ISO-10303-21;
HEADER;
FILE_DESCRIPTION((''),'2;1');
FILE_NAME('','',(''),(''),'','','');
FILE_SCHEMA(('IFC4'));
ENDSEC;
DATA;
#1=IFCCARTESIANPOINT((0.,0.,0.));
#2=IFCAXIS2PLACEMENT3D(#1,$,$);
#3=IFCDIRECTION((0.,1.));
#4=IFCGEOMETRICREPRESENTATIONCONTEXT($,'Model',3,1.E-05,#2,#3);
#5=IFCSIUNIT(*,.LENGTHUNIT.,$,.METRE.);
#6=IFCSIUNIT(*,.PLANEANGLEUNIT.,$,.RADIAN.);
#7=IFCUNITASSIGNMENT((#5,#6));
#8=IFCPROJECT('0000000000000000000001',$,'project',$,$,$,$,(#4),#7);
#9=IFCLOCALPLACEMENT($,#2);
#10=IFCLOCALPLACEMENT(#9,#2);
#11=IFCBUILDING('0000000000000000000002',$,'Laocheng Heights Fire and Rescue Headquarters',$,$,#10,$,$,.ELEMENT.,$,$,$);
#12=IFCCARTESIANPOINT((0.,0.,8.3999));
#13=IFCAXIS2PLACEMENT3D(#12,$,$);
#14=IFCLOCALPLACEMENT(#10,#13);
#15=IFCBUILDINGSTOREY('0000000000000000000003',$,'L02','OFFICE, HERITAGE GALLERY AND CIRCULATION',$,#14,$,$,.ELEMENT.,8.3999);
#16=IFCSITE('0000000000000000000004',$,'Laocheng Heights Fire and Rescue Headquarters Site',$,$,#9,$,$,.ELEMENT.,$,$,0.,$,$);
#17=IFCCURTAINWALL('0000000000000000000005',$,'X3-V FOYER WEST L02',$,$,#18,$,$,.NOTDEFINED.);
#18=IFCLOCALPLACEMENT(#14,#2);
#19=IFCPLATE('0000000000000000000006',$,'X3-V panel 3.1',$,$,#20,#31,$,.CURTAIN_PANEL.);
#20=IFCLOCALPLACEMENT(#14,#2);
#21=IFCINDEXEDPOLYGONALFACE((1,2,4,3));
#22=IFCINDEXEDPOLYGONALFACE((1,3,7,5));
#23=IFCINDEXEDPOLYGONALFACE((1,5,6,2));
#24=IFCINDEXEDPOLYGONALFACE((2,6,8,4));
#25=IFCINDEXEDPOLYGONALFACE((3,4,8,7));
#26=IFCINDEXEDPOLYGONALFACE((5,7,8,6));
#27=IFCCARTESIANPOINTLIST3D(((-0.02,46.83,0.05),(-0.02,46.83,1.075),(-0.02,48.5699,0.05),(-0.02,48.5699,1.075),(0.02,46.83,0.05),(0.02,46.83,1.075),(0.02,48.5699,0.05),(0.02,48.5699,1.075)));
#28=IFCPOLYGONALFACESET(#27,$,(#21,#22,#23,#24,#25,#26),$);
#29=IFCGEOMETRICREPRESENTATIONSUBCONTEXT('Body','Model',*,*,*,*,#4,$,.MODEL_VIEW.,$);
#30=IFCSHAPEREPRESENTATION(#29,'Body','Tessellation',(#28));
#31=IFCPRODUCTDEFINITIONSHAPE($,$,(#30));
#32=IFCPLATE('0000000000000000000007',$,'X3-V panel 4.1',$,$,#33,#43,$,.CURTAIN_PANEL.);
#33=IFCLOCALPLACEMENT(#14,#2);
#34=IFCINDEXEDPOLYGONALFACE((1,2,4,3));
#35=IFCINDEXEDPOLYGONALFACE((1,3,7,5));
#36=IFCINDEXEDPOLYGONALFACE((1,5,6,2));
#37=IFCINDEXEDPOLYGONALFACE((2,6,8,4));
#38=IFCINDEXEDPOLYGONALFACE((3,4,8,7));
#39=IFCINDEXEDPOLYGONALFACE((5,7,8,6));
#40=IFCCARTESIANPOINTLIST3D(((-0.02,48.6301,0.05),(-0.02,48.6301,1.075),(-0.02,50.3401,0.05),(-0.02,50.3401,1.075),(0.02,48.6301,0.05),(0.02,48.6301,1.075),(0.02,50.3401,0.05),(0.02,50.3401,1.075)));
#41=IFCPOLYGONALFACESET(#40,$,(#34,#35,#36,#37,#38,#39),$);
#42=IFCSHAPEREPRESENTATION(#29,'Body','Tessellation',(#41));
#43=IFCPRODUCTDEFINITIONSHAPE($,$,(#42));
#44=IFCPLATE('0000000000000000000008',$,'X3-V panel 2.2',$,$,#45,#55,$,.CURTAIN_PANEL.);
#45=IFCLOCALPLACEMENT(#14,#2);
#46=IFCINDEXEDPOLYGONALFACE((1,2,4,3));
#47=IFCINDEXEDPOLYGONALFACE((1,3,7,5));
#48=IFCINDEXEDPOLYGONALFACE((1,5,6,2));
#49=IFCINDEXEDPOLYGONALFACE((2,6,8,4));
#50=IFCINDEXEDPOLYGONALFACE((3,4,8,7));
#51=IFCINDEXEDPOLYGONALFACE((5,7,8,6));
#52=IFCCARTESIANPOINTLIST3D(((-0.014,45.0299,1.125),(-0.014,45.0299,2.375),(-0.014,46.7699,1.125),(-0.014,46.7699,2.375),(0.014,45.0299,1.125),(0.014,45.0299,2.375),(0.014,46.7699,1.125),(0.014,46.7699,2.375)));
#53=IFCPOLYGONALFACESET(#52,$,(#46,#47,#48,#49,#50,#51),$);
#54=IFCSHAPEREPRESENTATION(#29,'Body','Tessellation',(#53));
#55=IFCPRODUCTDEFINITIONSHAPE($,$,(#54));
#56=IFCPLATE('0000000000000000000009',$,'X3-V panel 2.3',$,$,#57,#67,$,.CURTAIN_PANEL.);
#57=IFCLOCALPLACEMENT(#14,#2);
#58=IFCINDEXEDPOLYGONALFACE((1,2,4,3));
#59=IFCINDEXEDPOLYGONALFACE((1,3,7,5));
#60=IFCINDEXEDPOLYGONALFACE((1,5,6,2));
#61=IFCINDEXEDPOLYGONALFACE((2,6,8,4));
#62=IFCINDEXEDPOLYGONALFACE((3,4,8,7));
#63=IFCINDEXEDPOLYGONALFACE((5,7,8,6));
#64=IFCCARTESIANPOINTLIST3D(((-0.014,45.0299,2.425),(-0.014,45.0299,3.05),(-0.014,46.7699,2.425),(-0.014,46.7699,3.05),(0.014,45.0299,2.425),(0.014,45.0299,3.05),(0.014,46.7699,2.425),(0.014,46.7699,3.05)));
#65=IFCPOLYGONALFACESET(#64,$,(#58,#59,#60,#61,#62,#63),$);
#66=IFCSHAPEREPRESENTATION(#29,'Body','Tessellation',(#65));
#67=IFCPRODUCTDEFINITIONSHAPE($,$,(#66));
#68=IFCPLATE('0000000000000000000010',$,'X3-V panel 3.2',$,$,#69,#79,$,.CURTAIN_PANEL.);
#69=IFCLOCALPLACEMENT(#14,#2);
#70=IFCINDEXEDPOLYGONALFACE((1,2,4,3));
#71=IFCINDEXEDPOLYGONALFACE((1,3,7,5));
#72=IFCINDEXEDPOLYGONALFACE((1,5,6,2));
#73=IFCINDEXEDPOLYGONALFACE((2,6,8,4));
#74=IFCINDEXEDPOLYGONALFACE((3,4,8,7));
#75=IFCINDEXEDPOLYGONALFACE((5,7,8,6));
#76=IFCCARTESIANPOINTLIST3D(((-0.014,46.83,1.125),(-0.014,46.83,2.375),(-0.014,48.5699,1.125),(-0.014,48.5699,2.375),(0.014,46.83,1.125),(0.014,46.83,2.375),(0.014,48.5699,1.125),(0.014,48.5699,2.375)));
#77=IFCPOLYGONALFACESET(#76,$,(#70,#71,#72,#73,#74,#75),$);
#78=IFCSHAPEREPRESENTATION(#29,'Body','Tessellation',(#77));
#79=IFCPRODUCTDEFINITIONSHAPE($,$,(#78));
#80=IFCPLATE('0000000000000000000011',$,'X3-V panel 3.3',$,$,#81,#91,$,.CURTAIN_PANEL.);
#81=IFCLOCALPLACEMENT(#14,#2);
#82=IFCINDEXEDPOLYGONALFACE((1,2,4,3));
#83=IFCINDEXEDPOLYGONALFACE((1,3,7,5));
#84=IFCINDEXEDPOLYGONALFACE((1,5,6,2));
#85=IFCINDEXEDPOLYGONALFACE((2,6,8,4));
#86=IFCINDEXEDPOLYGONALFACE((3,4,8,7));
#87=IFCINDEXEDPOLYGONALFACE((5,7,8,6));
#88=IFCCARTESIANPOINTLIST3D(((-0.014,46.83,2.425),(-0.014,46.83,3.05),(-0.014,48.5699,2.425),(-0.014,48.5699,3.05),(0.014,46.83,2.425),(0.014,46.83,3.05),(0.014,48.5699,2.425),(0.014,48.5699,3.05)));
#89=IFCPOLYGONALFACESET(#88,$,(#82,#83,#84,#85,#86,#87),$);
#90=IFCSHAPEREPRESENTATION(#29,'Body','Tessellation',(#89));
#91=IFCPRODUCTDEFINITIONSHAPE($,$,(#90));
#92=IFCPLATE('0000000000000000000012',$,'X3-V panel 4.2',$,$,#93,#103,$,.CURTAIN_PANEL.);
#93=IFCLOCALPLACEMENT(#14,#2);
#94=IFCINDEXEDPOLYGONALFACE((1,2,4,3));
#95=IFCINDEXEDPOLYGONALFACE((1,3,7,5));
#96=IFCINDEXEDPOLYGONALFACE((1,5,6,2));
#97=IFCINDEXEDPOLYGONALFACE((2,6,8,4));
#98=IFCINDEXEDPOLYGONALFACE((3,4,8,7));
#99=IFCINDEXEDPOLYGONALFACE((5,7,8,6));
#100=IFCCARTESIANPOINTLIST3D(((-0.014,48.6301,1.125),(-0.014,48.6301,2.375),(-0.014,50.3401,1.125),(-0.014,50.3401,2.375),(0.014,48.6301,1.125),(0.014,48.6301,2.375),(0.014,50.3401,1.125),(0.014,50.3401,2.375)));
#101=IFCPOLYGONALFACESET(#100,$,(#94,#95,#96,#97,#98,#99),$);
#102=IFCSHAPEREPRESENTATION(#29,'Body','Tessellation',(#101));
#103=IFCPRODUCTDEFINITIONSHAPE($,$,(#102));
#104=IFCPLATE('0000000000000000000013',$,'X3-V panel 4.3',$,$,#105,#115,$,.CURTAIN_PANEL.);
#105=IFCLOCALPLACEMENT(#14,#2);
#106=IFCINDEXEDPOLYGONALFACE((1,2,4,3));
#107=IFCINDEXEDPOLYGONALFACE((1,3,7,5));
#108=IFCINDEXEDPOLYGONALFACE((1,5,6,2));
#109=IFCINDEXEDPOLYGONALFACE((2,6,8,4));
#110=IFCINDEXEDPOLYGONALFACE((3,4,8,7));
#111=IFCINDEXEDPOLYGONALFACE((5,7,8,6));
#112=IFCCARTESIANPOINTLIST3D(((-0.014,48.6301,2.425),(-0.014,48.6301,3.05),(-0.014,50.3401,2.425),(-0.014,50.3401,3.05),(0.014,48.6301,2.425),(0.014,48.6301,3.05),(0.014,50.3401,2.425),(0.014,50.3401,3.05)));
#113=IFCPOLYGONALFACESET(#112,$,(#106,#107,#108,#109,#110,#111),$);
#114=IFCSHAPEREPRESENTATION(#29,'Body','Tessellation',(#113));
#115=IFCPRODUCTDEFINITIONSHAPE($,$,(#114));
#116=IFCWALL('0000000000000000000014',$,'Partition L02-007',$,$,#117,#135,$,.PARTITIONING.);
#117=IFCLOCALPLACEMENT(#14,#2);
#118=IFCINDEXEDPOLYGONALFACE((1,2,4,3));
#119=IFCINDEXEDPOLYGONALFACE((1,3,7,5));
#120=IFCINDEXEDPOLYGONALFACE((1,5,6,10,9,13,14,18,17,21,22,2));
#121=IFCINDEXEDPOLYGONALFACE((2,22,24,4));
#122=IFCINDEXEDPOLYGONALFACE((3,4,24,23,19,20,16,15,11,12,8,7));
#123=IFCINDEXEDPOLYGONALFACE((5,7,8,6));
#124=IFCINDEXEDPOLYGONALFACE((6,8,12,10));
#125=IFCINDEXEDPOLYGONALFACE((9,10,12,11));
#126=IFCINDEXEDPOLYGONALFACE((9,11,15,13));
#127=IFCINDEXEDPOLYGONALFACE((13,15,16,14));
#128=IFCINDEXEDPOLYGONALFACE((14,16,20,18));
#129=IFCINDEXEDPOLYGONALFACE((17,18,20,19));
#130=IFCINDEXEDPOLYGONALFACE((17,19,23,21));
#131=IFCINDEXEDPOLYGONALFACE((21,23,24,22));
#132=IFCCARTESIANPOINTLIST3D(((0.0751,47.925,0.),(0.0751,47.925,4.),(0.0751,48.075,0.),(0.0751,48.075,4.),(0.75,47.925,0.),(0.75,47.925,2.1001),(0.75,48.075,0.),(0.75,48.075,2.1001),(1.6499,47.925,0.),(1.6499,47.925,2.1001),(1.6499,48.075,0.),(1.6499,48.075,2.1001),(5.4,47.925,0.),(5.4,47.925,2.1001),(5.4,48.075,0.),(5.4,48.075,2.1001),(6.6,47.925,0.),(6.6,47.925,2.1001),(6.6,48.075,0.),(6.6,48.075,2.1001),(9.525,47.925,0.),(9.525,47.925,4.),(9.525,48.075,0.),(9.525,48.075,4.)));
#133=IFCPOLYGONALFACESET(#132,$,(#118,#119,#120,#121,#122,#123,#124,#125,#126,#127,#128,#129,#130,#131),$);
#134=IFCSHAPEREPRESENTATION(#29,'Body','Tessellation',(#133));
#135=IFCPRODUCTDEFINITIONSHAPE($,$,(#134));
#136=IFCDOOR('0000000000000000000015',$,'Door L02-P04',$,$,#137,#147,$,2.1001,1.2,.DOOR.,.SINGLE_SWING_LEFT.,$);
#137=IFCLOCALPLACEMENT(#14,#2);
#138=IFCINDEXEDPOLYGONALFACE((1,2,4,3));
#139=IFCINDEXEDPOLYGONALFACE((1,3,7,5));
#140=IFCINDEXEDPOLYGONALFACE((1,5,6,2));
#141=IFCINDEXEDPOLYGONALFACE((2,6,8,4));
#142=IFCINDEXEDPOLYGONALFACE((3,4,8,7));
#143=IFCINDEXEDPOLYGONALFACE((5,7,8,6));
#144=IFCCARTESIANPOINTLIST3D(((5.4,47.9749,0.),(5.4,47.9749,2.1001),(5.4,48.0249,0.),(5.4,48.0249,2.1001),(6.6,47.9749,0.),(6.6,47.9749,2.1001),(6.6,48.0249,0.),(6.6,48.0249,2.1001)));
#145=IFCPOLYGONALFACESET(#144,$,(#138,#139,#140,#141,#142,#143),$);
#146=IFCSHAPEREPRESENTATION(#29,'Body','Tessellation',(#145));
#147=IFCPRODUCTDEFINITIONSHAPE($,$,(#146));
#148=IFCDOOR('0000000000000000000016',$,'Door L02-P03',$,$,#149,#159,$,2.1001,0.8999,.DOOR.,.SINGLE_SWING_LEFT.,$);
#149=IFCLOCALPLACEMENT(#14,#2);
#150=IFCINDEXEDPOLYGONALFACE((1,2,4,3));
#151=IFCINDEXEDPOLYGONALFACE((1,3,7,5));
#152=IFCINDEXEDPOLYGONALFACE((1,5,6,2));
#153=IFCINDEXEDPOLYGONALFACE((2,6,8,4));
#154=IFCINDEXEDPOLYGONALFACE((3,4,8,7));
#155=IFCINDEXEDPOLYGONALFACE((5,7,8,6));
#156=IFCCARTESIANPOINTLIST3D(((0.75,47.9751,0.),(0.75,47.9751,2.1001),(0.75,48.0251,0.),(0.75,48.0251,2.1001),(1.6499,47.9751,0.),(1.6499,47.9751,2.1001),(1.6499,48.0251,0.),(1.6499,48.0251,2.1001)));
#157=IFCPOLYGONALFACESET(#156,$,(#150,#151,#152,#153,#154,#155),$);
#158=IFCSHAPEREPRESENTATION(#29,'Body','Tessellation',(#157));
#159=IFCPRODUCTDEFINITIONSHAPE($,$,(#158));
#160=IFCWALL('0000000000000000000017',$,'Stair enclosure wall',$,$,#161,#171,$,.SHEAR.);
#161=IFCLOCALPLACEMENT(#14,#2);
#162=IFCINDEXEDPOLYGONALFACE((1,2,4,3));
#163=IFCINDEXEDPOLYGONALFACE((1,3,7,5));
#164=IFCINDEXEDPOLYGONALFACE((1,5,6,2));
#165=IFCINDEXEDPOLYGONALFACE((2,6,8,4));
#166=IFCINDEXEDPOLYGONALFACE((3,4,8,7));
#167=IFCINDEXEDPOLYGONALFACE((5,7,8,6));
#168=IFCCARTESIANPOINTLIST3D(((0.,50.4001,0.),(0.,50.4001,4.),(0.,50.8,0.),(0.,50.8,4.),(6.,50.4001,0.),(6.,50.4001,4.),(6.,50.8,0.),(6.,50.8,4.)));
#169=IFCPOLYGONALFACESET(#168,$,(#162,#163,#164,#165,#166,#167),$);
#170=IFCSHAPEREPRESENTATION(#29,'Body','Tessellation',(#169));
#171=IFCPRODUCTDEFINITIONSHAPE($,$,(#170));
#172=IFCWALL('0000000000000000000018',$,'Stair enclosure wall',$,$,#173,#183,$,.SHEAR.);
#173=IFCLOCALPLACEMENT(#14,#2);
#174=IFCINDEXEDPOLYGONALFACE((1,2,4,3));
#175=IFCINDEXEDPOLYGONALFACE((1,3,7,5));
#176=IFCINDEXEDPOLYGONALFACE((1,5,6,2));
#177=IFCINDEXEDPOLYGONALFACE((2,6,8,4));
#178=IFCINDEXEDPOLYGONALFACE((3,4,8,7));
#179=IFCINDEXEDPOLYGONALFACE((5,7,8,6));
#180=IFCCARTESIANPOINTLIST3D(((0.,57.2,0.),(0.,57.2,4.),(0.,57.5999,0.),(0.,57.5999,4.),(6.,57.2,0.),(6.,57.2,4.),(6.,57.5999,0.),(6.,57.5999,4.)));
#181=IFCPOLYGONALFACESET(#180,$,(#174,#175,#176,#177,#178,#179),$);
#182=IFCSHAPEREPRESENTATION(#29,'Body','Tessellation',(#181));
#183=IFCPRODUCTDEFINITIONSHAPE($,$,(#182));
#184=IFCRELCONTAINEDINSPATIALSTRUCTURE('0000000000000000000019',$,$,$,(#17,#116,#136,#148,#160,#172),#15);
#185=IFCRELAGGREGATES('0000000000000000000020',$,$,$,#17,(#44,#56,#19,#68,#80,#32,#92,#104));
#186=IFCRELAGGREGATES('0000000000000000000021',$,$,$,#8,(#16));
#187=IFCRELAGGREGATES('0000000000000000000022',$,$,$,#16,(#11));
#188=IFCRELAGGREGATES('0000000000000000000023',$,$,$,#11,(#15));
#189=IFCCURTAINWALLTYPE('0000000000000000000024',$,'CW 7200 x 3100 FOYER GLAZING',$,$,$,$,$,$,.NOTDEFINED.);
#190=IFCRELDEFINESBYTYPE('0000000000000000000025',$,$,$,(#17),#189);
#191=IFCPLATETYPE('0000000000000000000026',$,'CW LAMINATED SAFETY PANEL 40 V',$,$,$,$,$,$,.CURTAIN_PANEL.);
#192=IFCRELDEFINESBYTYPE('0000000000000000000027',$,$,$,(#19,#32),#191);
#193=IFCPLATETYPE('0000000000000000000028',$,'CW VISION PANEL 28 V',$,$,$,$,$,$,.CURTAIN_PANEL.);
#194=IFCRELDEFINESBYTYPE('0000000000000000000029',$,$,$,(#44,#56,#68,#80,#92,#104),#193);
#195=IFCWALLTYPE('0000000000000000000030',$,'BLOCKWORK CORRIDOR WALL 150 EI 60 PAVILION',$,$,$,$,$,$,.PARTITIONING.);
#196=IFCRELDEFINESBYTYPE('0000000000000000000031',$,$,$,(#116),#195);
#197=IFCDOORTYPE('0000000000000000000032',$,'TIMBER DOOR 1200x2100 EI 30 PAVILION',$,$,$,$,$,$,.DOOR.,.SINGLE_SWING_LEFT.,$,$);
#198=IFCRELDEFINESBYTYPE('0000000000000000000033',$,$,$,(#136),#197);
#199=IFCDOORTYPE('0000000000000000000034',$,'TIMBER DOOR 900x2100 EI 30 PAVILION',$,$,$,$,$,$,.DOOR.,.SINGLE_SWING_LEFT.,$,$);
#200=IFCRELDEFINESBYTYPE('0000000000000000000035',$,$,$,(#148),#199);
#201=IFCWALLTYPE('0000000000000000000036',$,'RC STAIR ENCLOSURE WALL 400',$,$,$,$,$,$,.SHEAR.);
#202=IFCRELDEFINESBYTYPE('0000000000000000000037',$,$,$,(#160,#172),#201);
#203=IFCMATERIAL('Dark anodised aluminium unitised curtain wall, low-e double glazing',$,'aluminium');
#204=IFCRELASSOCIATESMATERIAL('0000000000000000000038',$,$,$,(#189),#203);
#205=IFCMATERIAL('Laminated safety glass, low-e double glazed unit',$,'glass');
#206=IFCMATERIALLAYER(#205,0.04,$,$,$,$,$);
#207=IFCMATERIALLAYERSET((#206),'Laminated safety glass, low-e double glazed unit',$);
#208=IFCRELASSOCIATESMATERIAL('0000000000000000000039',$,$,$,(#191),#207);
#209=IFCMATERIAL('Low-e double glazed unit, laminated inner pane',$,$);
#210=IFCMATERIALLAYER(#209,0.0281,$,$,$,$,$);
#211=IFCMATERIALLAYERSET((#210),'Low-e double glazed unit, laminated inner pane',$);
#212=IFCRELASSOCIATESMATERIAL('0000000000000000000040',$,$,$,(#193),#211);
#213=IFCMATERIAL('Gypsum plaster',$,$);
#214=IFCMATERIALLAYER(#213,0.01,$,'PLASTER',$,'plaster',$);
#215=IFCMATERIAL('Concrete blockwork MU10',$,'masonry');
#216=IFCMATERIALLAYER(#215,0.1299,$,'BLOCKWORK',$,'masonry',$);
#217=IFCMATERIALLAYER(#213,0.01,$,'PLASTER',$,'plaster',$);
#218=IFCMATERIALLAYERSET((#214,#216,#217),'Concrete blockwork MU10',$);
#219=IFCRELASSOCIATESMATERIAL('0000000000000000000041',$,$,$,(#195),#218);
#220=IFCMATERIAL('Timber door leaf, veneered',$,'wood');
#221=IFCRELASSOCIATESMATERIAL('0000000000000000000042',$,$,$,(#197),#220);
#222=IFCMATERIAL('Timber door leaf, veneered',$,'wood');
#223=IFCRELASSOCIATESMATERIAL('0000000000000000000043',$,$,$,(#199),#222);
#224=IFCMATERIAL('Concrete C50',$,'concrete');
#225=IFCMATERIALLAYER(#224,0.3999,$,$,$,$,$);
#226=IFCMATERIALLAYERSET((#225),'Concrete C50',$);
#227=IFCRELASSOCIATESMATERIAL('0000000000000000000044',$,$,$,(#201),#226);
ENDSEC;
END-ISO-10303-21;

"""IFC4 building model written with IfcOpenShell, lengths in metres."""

from ifc_helpers import new_model, si_unit, direction, frame, frame_2d, origin, origin_2d, place, context, subcontext, project, spatial, rectangle, extrude, material, layer, layer_set, type_object, element, fill, aggregate, save


model = new_model("IFC4")

# Units and contexts
model_context = context("Model", 3, precision=1e-05, world=origin(), true_north=direction((0.0, 1.0)))
body_context = subcontext(model_context, "Body", "Model", "MODEL_VIEW")
ifc_project = project(units=[si_unit("LENGTHUNIT", "METRE"), si_unit("PLANEANGLEUNIT", "RADIAN")], contexts=[model_context])

# Site, building, storey
site_placement = place(None, origin())
site = spatial("IfcSite", under=ifc_project, at=site_placement, Name="Laocheng Heights Fire and Rescue Headquarters Site", CompositionType="ELEMENT", RefElevation=0.0)
building_placement = place(site_placement, origin())
building = spatial("IfcBuilding", under=site, at=building_placement, Name="Laocheng Heights Fire and Rescue Headquarters", CompositionType="ELEMENT")
storey_placement = place(building_placement, frame((0.0, 0.0, 8.3999)))
storey = spatial("IfcBuildingStorey", under=building, at=storey_placement, Name="L02", Description="OFFICE, HERITAGE GALLERY AND CIRCULATION", CompositionType="ELEMENT", Elevation=8.3999)

# Curtain wall, plates
ifc_material_1 = material(Name="Dark anodised aluminium unitised curtain wall, low-e double glazing", Category="aluminium")
curtain_wall_type = type_object("IfcCurtainWallType", Name="CW 7200 x 3100 FOYER GLAZING", PredefinedType="NOTDEFINED", material=ifc_material_1)
curtain_wall_placement = place(storey_placement, origin())
curtain_wall = element("IfcCurtainWall", 1, at=curtain_wall_placement, inside=storey, type_object=curtain_wall_type, Name="X3-V FOYER WEST L02", PredefinedType="NOTDEFINED")
ifc_material_2 = material(Name="Laminated safety glass, low-e double glazed unit", Category="glass")
ifc_layer_1 = layer(ifc_material_2, 0.04)
ifc_layer_set_1 = layer_set([ifc_layer_1], Name="Laminated safety glass, low-e double glazed unit")
plate_type_1 = type_object("IfcPlateType", Name="CW LAMINATED SAFETY PANEL 40 V", PredefinedType="CURTAIN_PANEL", material=ifc_layer_set_1)
plate_1_placement = place(storey_placement, frame((0.0, 47.7, 0.05), z_axis=(0.0, 0.0, 1.0), x_axis=(0.0, 1.0, 0.0)))
plate_1 = element("IfcPlate", 2, at=plate_1_placement, type_object=plate_type_1, Name="X3-V panel 3.1", PredefinedType="CURTAIN_PANEL", context=body_context, shape_type="SweptSolid", body=[
    extrude(rectangle(XDim=1.74, YDim=0.04, at=origin_2d()), origin(), (0.0, 0.0, 1.0), 1.0249),
])
plate_2_placement = place(storey_placement, frame((0.0, 49.4851, 0.05), z_axis=(0.0, 0.0, 1.0), x_axis=(0.0, 1.0, 0.0)))
plate_2 = element("IfcPlate", 3, at=plate_2_placement, type_object=plate_type_1, Name="X3-V panel 4.1", PredefinedType="CURTAIN_PANEL", context=body_context, shape_type="SweptSolid", body=[
    extrude(rectangle(XDim=1.71, YDim=0.04, at=origin_2d()), origin(), (0.0, 0.0, 1.0), 1.0249),
])
ifc_material_3 = material(Name="Low-e double glazed unit, laminated inner pane")
ifc_layer_2 = layer(ifc_material_3, 0.0281)
ifc_layer_set_2 = layer_set([ifc_layer_2], Name="Low-e double glazed unit, laminated inner pane")
plate_type_2 = type_object("IfcPlateType", Name="CW VISION PANEL 28 V", PredefinedType="CURTAIN_PANEL", material=ifc_layer_set_2)
plate_3_placement = place(storey_placement, frame((0.0, 45.8999, 1.125), z_axis=(0.0, 0.0, 1.0), x_axis=(0.0, 1.0, 0.0)))
plate_3 = element("IfcPlate", 4, at=plate_3_placement, type_object=plate_type_2, Name="X3-V panel 2.2", PredefinedType="CURTAIN_PANEL", context=body_context, shape_type="SweptSolid", body=[
    extrude(rectangle(XDim=1.74, YDim=0.0281, at=origin_2d()), origin(), (0.0, 0.0, 1.0), 1.25),
])
plate_4_placement = place(storey_placement, frame((0.0, 45.8999, 2.425), z_axis=(0.0, 0.0, 1.0), x_axis=(0.0, 1.0, 0.0)))
plate_4 = element("IfcPlate", 5, at=plate_4_placement, type_object=plate_type_2, Name="X3-V panel 2.3", PredefinedType="CURTAIN_PANEL", context=body_context, shape_type="SweptSolid", body=[
    extrude(rectangle(XDim=1.74, YDim=0.0281, at=origin_2d()), origin(), (0.0, 0.0, 1.0), 0.625),
])
plate_5_placement = place(storey_placement, frame((0.0, 47.7, 1.125), z_axis=(0.0, 0.0, 1.0), x_axis=(0.0, 1.0, 0.0)))
plate_5 = element("IfcPlate", 6, at=plate_5_placement, type_object=plate_type_2, Name="X3-V panel 3.2", PredefinedType="CURTAIN_PANEL", context=body_context, shape_type="SweptSolid", body=[
    extrude(rectangle(XDim=1.74, YDim=0.0281, at=origin_2d()), origin(), (0.0, 0.0, 1.0), 1.25),
])
plate_6_placement = place(storey_placement, frame((0.0, 47.7, 2.425), z_axis=(0.0, 0.0, 1.0), x_axis=(0.0, 1.0, 0.0)))
plate_6 = element("IfcPlate", 7, at=plate_6_placement, type_object=plate_type_2, Name="X3-V panel 3.3", PredefinedType="CURTAIN_PANEL", context=body_context, shape_type="SweptSolid", body=[
    extrude(rectangle(XDim=1.74, YDim=0.0281, at=origin_2d()), origin(), (0.0, 0.0, 1.0), 0.625),
])
plate_7_placement = place(storey_placement, frame((0.0, 49.4851, 1.125), z_axis=(0.0, 0.0, 1.0), x_axis=(0.0, 1.0, 0.0)))
plate_7 = element("IfcPlate", 8, at=plate_7_placement, type_object=plate_type_2, Name="X3-V panel 4.2", PredefinedType="CURTAIN_PANEL", context=body_context, shape_type="SweptSolid", body=[
    extrude(rectangle(XDim=1.71, YDim=0.0281, at=origin_2d()), origin(), (0.0, 0.0, 1.0), 1.25),
])
plate_8_placement = place(storey_placement, frame((0.0, 49.4851, 2.425), z_axis=(0.0, 0.0, 1.0), x_axis=(0.0, 1.0, 0.0)))
plate_8 = element("IfcPlate", 9, at=plate_8_placement, type_object=plate_type_2, Name="X3-V panel 4.3", PredefinedType="CURTAIN_PANEL", context=body_context, shape_type="SweptSolid", body=[
    extrude(rectangle(XDim=1.71, YDim=0.0281, at=origin_2d()), origin(), (0.0, 0.0, 1.0), 0.625),
])
aggregate(curtain_wall, [plate_3, plate_4, plate_1, plate_5, plate_6, plate_2, plate_7, plate_8])

# Wall, openings, doors
ifc_material_4 = material(Name="Gypsum plaster")
ifc_layer_3 = layer(ifc_material_4, 0.01, Name="PLASTER", Category="plaster")
ifc_material_5 = material(Name="Concrete blockwork MU10", Category="masonry")
ifc_layer_4 = layer(ifc_material_5, 0.1299, Name="BLOCKWORK", Category="masonry")
ifc_layer_5 = layer(ifc_material_4, 0.01, Name="PLASTER", Category="plaster")
ifc_layer_set_3 = layer_set([ifc_layer_3, ifc_layer_4, ifc_layer_5], Name="Concrete blockwork MU10")
wall_type_1 = type_object("IfcWallType", Name="BLOCKWORK CORRIDOR WALL 150 EI 60 PAVILION", PredefinedType="PARTITIONING", material=ifc_layer_set_3)
wall_1_placement = place(storey_placement, frame((0.075, 48.0, 0.0), z_axis=(0.0, 0.0, 1.0), x_axis=(1.0, 0.0, 0.0)))
wall_1 = element("IfcWall", 10, at=wall_1_placement, inside=storey, type_object=wall_type_1, Name="Partition L02-007", PredefinedType="PARTITIONING", context=body_context, shape_type="SweptSolid", body=[
    extrude(rectangle(XDim=9.45, YDim=0.1499, at=frame_2d((4.7251, 0.0))), origin(), (0.0, 0.0, 1.0), 4.0),
])
opening_1_placement = place(wall_1_placement, frame((0.675, 0.0, 0.0)))
opening_1 = element("IfcOpeningElement", 11, at=opening_1_placement, cuts=wall_1, PredefinedType="OPENING", context=body_context, shape_type="SweptSolid", body=[
    extrude(rectangle(XDim=0.8999, YDim=2.1001, at=frame_2d((0.45, 1.05))), frame((0.0, 0.085, 0.0), z_axis=(0.0, -1.0, 0.0), x_axis=(1.0, 0.0, 0.0)), (0.0, 0.0, 1.0), 0.1699),
])
opening_2_placement = place(wall_1_placement, frame((5.325, 0.0, 0.0)))
opening_2 = element("IfcOpeningElement", 12, at=opening_2_placement, cuts=wall_1, PredefinedType="OPENING", context=body_context, shape_type="SweptSolid", body=[
    extrude(rectangle(XDim=1.2, YDim=2.1001, at=frame_2d((0.6001, 1.05))), frame((0.0, 0.085, 0.0), z_axis=(0.0, -1.0, 0.0), x_axis=(1.0, 0.0, 0.0)), (0.0, 0.0, 1.0), 0.1699),
])
ifc_material_6 = material(Name="Timber door leaf, veneered", Category="wood")
door_type_1 = type_object("IfcDoorType", Name="TIMBER DOOR 1200x2100 EI 30 PAVILION", OperationType="SINGLE_SWING_LEFT", PredefinedType="DOOR", material=ifc_material_6)
door_1_placement = place(opening_2_placement, origin())
door_1 = element("IfcDoor", 13, at=door_1_placement, inside=storey, type_object=door_type_1, Name="Door L02-P04", OperationType="SINGLE_SWING_LEFT", OverallHeight=2.1001, OverallWidth=1.2, PredefinedType="DOOR", context=body_context, shape_type="SweptSolid", body=[
    extrude(rectangle(XDim=1.2, YDim=2.1001, at=frame_2d((0.6001, 1.05))), frame((0.0, 0.0249, 0.0), z_axis=(0.0, -1.0, 0.0), x_axis=(1.0, 0.0, 0.0)), (0.0, 0.0, 1.0), 0.05),
])
fill(opening_2, door_1)
ifc_material_7 = material(Name="Timber door leaf, veneered", Category="wood")
door_type_2 = type_object("IfcDoorType", Name="TIMBER DOOR 900x2100 EI 30 PAVILION", OperationType="SINGLE_SWING_LEFT", PredefinedType="DOOR", material=ifc_material_7)
door_2_placement = place(opening_1_placement, frame((0.8999, 0.0, 0.0), z_axis=(0.0, 0.0, 1.0), x_axis=(-1.0, 0.0, 0.0)))
door_2 = element("IfcDoor", 14, at=door_2_placement, inside=storey, type_object=door_type_2, Name="Door L02-P03", OperationType="SINGLE_SWING_LEFT", OverallHeight=2.1001, OverallWidth=0.8999, PredefinedType="DOOR", context=body_context, shape_type="SweptSolid", body=[
    extrude(rectangle(XDim=0.8999, YDim=2.1001, at=frame_2d((0.45, 1.05))), frame((0.0, 0.0249, 0.0), z_axis=(0.0, -1.0, 0.0), x_axis=(1.0, 0.0, 0.0)), (0.0, 0.0, 1.0), 0.05),
])
fill(opening_1, door_2)

# Walls
ifc_material_8 = material(Name="Concrete C50", Category="concrete")
ifc_layer_6 = layer(ifc_material_8, 0.3999)
ifc_layer_set_4 = layer_set([ifc_layer_6], Name="Concrete C50")
wall_type_2 = type_object("IfcWallType", Name="RC STAIR ENCLOSURE WALL 400", PredefinedType="SHEAR", material=ifc_layer_set_4)
for number, where, z_axis, x_axis, name in (
    (15, (0.0, 50.6001, 0.0), (0.0, 0.0, 1.0), (1.0, 0.0, 0.0), "Stair enclosure wall"),
    (16, (0.0, 57.3999, 0.0), (0.0, 0.0, 1.0), (1.0, 0.0, 0.0), "Stair enclosure wall"),
):
    element("IfcWall", number, at=place(storey_placement, frame(where, z_axis=z_axis, x_axis=x_axis)), inside=storey, type_object=wall_type_2, Name=name, PredefinedType="SHEAR", context=body_context, shape_type="SweptSolid", body=[
        extrude(rectangle(XDim=6.0, YDim=0.3999, at=frame_2d((3.0, 0.0))), origin(), (0.0, 0.0, 1.0), 4.0),
    ])

save(model, "model.ifc")
